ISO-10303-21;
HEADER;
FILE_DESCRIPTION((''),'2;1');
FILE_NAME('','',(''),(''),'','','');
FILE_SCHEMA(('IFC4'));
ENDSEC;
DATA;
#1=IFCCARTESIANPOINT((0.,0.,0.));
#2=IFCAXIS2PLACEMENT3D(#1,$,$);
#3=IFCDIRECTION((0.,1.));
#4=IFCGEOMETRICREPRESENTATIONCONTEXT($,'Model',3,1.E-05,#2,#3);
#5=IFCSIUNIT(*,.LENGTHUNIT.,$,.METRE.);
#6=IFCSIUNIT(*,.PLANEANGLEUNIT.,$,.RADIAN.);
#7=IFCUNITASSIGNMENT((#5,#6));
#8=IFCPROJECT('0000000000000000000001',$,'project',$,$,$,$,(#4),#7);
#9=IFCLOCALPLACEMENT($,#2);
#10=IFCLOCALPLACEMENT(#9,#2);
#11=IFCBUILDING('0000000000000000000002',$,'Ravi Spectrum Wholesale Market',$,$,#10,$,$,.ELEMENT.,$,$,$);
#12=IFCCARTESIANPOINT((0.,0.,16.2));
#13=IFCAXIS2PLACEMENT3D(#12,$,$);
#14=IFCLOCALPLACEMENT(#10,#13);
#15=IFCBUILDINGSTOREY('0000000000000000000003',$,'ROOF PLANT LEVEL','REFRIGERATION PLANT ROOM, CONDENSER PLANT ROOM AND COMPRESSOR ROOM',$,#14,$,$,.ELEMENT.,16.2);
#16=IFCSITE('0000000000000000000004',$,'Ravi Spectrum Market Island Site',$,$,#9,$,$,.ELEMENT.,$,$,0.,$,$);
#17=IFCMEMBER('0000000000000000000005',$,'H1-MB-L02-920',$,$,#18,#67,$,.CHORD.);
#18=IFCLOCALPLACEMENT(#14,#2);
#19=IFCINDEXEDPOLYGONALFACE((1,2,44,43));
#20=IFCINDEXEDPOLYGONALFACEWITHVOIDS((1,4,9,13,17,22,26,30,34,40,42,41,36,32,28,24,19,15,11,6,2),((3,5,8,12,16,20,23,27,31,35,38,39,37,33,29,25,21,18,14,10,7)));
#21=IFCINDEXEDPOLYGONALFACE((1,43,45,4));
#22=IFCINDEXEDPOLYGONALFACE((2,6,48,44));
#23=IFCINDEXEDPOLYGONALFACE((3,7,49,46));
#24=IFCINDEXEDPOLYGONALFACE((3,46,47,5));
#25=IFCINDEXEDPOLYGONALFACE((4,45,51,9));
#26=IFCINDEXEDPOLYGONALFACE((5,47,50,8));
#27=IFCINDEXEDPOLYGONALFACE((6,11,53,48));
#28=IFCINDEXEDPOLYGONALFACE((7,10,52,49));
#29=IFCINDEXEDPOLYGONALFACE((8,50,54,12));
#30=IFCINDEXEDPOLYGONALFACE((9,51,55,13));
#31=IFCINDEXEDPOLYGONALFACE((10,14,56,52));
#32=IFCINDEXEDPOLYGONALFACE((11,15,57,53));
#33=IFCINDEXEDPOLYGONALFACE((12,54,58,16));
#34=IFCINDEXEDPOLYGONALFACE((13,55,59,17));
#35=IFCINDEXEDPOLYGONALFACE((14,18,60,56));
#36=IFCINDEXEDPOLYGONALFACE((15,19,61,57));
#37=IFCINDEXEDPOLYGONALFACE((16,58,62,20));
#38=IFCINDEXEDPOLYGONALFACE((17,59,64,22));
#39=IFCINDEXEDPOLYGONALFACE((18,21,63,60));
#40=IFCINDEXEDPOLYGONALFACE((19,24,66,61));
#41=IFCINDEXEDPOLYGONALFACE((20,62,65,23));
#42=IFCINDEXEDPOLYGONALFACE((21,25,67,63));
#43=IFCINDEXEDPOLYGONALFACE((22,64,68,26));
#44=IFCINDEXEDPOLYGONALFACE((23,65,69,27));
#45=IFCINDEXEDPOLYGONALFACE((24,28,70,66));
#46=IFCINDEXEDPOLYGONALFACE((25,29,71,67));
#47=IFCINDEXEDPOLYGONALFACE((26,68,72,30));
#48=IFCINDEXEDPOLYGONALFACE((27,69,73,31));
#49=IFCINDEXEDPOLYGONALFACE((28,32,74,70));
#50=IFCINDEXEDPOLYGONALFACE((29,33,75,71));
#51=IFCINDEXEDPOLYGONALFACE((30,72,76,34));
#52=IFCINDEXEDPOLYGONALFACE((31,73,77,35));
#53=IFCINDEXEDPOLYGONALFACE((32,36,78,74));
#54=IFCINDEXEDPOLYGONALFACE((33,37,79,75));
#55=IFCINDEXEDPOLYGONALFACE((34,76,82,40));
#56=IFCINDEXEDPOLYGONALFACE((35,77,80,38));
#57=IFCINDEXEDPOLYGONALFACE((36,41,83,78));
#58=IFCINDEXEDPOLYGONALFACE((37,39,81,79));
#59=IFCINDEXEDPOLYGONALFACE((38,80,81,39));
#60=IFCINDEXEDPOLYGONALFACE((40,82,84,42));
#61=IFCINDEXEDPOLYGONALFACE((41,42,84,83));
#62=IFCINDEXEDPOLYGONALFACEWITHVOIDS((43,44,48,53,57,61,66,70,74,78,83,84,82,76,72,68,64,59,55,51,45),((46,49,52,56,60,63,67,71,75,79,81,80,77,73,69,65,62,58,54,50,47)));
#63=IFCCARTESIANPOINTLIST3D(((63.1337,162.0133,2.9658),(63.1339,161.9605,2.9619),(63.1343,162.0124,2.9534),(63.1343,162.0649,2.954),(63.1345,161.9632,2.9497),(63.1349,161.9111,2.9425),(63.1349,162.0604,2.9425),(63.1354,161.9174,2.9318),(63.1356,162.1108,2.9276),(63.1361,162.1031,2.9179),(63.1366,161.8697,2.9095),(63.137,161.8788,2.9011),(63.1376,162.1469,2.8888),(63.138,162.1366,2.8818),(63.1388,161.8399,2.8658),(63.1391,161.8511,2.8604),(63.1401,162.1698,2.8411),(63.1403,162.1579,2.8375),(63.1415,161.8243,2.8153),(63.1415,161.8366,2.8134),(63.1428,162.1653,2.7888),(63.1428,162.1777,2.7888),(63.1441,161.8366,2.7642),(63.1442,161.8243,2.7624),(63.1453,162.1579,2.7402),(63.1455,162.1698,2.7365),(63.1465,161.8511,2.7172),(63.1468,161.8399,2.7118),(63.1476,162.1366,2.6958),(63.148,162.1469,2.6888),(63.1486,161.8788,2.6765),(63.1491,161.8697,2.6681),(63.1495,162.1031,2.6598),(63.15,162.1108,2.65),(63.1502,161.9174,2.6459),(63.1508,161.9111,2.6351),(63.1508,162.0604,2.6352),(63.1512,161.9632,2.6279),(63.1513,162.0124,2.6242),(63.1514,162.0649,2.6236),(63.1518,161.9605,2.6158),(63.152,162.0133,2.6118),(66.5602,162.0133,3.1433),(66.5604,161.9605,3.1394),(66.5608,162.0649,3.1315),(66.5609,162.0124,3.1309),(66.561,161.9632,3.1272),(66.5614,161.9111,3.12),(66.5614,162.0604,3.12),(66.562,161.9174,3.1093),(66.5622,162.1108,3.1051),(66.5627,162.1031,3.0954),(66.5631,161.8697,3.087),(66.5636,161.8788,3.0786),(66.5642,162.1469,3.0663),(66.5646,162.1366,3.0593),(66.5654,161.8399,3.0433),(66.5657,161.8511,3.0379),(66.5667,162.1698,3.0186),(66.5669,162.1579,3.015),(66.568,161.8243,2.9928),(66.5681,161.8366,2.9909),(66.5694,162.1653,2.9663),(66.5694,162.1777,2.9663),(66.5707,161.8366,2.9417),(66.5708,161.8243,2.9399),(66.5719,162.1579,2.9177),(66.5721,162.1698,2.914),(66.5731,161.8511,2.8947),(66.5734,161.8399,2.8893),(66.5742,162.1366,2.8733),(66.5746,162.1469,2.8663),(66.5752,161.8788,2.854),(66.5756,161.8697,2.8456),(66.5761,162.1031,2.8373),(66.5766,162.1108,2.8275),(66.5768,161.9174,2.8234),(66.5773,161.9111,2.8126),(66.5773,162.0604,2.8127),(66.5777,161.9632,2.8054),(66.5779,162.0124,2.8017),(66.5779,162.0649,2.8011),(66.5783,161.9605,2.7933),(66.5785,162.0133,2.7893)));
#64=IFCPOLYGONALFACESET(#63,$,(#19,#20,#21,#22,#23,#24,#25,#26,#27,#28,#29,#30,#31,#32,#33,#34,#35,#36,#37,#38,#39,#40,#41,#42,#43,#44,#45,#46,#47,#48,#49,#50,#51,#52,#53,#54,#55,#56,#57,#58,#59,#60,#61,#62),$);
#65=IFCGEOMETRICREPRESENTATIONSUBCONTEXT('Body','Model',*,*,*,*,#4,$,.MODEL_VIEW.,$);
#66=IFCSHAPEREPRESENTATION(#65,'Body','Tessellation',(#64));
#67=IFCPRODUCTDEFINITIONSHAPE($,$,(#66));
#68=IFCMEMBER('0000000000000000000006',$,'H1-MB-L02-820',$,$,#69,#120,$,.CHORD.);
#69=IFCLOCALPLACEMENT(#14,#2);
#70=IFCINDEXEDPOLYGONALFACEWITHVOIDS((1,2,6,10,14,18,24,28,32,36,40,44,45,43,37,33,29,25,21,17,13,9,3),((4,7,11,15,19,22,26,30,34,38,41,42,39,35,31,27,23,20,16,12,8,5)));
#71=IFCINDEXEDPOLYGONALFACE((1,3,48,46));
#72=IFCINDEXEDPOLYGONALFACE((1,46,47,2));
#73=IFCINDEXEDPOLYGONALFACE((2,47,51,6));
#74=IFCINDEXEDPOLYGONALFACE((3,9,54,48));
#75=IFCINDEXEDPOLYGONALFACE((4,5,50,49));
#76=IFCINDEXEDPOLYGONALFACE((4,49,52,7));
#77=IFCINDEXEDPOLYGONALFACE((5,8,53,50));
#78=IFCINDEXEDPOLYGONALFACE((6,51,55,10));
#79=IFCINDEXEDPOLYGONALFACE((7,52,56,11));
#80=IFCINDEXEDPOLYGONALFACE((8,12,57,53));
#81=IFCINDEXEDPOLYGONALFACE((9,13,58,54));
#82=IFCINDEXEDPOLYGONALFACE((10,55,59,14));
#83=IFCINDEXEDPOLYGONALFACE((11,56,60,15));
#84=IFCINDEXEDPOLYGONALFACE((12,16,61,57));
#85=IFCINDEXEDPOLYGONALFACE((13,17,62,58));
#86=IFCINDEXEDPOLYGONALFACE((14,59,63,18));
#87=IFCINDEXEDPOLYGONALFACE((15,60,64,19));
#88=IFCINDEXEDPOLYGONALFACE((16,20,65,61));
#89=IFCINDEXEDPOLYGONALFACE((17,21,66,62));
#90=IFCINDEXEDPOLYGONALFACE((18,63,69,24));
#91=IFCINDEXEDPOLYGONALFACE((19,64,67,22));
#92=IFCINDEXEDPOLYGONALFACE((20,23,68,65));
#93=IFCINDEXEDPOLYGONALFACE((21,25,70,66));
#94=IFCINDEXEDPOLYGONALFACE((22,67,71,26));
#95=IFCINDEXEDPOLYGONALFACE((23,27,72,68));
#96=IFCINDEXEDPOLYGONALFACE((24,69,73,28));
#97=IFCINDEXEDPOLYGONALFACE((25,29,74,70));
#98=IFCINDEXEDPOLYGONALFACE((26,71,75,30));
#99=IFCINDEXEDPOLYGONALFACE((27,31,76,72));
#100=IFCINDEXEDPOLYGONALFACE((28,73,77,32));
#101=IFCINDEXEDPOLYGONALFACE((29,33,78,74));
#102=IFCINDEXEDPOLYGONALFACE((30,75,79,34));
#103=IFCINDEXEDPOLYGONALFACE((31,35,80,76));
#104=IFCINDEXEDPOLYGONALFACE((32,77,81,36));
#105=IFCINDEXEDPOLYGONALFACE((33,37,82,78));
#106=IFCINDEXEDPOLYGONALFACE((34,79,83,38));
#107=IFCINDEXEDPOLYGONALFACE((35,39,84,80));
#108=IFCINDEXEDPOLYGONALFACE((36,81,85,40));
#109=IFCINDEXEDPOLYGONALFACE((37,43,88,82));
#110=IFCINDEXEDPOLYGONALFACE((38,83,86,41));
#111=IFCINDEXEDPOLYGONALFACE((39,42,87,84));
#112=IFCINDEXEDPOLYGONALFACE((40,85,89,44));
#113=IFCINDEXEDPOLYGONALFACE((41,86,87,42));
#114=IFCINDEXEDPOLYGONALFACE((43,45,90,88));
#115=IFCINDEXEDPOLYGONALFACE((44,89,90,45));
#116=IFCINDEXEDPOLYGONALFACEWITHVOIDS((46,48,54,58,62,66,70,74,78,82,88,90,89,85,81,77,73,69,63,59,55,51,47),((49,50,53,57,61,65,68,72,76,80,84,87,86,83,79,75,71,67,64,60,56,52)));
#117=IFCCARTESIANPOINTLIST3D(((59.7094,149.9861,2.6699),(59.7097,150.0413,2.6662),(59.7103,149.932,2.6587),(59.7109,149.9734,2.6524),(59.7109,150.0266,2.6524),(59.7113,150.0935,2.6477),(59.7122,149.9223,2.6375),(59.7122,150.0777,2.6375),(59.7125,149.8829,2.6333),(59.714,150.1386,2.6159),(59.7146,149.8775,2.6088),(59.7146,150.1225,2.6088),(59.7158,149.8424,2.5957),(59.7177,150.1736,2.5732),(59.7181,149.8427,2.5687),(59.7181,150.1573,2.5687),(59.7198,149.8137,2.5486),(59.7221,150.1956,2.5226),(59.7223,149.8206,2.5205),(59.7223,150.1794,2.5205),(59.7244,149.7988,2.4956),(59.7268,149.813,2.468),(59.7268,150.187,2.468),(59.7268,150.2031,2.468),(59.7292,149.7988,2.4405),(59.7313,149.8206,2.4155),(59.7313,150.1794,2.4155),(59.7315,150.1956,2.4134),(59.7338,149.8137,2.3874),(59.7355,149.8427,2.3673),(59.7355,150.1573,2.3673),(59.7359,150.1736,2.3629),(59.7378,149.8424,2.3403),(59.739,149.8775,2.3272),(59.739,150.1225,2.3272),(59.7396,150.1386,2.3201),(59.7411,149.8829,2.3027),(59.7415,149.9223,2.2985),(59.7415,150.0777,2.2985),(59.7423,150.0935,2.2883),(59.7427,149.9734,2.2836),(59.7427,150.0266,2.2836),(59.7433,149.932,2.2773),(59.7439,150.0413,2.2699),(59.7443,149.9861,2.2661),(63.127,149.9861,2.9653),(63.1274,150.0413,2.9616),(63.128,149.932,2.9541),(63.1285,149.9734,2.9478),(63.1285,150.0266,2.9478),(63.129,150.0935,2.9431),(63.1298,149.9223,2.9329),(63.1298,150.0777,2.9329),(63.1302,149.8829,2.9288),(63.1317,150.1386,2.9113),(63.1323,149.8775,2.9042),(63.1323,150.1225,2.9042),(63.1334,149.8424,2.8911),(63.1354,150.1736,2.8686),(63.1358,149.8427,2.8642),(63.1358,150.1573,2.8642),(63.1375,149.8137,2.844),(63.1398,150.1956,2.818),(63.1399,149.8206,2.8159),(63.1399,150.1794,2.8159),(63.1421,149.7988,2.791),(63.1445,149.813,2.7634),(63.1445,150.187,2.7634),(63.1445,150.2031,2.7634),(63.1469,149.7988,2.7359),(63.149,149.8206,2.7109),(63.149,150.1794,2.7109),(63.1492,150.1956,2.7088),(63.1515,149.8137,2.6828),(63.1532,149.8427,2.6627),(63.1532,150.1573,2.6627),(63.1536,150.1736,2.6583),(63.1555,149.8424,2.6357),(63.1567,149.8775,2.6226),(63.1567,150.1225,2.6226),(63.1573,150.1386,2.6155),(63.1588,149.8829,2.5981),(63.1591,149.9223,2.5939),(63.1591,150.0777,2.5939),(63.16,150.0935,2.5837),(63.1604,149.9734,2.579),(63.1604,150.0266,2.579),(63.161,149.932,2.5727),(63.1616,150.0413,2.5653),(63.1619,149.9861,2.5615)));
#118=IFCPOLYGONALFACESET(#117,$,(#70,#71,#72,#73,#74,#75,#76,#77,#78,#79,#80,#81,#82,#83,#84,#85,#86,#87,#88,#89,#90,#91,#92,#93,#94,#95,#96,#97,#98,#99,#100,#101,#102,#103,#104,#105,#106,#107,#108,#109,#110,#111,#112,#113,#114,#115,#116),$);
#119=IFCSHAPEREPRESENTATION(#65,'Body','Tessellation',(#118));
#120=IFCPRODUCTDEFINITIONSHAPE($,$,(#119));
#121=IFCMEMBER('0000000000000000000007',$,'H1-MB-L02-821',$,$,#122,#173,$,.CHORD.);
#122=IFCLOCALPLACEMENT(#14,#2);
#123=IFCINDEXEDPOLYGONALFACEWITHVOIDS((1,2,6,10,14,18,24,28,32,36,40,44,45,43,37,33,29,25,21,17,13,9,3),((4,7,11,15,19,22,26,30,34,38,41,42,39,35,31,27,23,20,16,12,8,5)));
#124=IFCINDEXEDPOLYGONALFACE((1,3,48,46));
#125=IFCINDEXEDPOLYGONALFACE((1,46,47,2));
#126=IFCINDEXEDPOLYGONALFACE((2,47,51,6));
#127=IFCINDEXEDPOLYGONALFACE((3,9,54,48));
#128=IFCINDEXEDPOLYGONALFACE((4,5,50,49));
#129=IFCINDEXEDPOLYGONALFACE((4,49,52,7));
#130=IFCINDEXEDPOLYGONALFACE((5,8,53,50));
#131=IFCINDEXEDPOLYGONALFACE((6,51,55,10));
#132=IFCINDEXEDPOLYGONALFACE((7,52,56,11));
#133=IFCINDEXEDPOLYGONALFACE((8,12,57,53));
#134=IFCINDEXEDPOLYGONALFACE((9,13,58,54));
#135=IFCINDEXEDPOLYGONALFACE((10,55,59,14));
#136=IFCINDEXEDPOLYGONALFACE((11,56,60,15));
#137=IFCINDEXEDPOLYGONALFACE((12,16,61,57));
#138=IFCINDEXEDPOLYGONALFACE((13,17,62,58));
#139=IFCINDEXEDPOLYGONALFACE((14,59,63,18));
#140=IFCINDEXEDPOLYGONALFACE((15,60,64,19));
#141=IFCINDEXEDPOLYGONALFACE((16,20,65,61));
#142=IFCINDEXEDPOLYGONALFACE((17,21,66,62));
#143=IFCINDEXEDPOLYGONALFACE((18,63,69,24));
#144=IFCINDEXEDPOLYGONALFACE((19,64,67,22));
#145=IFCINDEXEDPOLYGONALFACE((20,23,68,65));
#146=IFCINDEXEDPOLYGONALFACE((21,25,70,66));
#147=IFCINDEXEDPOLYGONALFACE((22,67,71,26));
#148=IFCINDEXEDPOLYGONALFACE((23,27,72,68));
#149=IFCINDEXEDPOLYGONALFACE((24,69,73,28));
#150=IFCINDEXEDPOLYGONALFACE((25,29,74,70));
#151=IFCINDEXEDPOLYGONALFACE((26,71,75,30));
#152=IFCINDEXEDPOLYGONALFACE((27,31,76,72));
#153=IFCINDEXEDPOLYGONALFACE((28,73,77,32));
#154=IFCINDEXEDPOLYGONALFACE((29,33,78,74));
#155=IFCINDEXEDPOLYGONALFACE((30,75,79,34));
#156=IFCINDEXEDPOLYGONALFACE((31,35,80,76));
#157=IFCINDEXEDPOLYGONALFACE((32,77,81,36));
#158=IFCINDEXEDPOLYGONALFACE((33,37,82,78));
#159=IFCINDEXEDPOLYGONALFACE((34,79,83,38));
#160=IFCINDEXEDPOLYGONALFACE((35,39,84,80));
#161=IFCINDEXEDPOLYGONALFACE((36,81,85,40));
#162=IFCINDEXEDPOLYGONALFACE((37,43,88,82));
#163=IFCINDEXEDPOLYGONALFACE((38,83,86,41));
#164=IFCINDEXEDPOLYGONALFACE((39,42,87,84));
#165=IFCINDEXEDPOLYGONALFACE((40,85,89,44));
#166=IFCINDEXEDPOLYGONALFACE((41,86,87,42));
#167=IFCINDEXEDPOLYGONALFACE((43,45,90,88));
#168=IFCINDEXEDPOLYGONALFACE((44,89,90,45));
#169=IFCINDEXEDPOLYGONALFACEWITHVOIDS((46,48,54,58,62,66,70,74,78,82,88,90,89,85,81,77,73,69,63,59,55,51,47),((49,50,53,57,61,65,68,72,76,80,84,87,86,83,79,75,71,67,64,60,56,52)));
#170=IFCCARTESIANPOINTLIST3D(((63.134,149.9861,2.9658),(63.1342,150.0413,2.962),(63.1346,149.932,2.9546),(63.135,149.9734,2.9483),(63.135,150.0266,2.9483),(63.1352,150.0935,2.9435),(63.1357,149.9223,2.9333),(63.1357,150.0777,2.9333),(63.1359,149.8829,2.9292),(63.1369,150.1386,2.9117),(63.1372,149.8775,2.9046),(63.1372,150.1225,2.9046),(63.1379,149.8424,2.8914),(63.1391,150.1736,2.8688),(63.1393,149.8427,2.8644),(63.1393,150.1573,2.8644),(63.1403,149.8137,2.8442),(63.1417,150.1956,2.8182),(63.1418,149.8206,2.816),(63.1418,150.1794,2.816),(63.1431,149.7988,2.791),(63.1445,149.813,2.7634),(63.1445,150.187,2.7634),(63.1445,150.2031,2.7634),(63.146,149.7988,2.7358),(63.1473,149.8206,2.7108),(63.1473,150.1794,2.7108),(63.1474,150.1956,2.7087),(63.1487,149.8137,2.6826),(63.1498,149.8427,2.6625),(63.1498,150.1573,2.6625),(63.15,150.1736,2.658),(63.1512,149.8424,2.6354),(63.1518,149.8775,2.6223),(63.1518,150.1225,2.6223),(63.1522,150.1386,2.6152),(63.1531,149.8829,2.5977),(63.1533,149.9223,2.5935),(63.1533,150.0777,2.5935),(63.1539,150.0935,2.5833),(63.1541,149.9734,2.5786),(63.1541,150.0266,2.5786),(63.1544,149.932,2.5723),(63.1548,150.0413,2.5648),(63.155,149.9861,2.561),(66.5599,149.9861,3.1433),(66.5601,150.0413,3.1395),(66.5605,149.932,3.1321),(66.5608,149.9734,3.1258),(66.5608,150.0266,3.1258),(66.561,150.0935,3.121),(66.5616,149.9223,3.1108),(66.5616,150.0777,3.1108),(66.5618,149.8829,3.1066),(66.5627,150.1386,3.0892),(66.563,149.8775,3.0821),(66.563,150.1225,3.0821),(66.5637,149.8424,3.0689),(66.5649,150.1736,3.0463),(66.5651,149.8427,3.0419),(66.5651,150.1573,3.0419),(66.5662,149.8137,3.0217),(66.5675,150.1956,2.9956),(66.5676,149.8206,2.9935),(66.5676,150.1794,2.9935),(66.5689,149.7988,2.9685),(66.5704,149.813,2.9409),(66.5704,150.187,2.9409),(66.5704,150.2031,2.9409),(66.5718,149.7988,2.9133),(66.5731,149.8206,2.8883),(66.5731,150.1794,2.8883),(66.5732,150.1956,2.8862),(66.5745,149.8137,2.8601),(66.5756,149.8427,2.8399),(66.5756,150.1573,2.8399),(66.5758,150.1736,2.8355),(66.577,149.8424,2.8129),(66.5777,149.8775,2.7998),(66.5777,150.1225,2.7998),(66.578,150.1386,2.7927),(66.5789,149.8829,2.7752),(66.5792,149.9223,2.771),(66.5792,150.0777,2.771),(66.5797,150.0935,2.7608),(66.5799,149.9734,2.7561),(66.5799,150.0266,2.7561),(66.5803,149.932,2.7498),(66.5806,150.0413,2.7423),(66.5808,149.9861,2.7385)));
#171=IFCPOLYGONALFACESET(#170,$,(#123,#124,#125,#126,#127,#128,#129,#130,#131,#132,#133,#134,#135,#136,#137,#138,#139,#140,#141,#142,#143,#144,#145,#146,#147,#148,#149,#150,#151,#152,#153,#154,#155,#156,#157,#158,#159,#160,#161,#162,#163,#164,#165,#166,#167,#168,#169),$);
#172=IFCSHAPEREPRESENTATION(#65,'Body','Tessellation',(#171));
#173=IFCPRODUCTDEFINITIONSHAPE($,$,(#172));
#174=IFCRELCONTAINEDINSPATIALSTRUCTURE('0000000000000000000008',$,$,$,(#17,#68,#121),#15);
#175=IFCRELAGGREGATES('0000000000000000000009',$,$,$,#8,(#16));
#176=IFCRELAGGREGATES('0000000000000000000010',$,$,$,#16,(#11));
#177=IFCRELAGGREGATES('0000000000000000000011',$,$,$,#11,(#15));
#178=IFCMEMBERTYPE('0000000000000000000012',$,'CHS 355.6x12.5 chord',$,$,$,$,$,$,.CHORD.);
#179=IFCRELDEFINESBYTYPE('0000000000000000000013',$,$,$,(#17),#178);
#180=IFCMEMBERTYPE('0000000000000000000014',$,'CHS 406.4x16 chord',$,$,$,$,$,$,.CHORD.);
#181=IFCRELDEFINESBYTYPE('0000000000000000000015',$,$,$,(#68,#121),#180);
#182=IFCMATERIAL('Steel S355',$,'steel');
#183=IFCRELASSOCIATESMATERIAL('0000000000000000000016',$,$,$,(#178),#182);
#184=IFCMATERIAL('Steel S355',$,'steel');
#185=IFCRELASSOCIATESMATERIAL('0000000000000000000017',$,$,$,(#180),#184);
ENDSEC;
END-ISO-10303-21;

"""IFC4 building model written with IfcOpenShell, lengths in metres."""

from ifc_helpers import new_model, si_unit, direction, frame, origin, origin_2d, place, context, subcontext, project, spatial, hollow_circle, extrude, material, material_profile, profile_set, type_object, element, save


model = new_model("IFC4")

# Units and contexts
model_context = context("Model", 3, precision=1e-05, world=origin(), true_north=direction((0.0, 1.0)))
body_context = subcontext(model_context, "Body", "Model", "MODEL_VIEW")
ifc_project = project(units=[si_unit("LENGTHUNIT", "METRE"), si_unit("PLANEANGLEUNIT", "RADIAN")], contexts=[model_context])

# Site, building, storey
site_placement = place(None, origin())
site = spatial("IfcSite", under=ifc_project, at=site_placement, Name="Ravi Spectrum Market Island Site", CompositionType="ELEMENT", RefElevation=0.0)
building_placement = place(site_placement, origin())
building = spatial("IfcBuilding", under=site, at=building_placement, Name="Ravi Spectrum Wholesale Market", CompositionType="ELEMENT")
storey_placement = place(building_placement, frame((0.0, 0.0, 16.2)))
storey = spatial("IfcBuildingStorey", under=building, at=storey_placement, Name="ROOF PLANT LEVEL", Description="REFRIGERATION PLANT ROOM, CONDENSER PLANT ROOM AND COMPRESSOR ROOM", CompositionType="ELEMENT", Elevation=16.2)

# Members
ifc_material_1 = material(Name="Steel S355", Category="steel")
ifc_material_profile_1 = material_profile(ifc_material_1, hollow_circle(Radius=0.1777, WallThickness=0.0125, at=origin_2d()))
ifc_profile_set_1 = profile_set([ifc_material_profile_1], Name="Steel S355")
member_type_1 = type_object("IfcMemberType", Name="CHS 355.6x12.5 chord", PredefinedType="CHORD", material=ifc_profile_set_1)
for number, where, z_axis, x_axis, name in (
    (1, (63.1428, 162.0, 2.7888), (0.998661, 0.0, 0.05173), (0.0, 1.0, 0.0), "H1-MB-L02-920"),
):
    element("IfcMember", number, at=place(storey_placement, frame(where, z_axis=z_axis, x_axis=x_axis)), inside=storey, type_object=member_type_1, Name=name, PredefinedType="CHORD", context=body_context, shape_type="SweptSolid", body=[
        extrude(hollow_circle(Radius=0.1777, WallThickness=0.0125, at=origin_2d()), origin(), (0.0, 0.0, 1.0), 3.4312),
    ])
ifc_material_2 = material(Name="Steel S355", Category="steel")
ifc_material_profile_2 = material_profile(ifc_material_2, hollow_circle(Radius=0.2031, WallThickness=0.0161, at=origin_2d()))
ifc_profile_set_2 = profile_set([ifc_material_profile_2], Name="Steel S355")
member_type_2 = type_object("IfcMemberType", Name="CHS 406.4x16 chord", PredefinedType="CHORD", material=ifc_profile_set_2)
for number, where, z_axis, x_axis, name in (
    (2, (59.7268, 150.0, 2.468), (0.996285, 0.0, 0.086114), (0.0, 1.0, 0.0), "H1-MB-L02-820"),
    (3, (63.1445, 150.0, 2.7634), (0.998661, 0.0, 0.051741), (0.0, 1.0, 0.0), "H1-MB-L02-821"),
):
    element("IfcMember", number, at=place(storey_placement, frame(where, z_axis=z_axis, x_axis=x_axis)), inside=storey, type_object=member_type_2, Name=name, PredefinedType="CHORD", context=body_context, shape_type="SweptSolid", body=[
        extrude(hollow_circle(Radius=0.2031, WallThickness=0.0161, at=origin_2d()), origin(), (0.0, 0.0, 1.0), 3.4304),
    ])

save(model, "model.ifc")
